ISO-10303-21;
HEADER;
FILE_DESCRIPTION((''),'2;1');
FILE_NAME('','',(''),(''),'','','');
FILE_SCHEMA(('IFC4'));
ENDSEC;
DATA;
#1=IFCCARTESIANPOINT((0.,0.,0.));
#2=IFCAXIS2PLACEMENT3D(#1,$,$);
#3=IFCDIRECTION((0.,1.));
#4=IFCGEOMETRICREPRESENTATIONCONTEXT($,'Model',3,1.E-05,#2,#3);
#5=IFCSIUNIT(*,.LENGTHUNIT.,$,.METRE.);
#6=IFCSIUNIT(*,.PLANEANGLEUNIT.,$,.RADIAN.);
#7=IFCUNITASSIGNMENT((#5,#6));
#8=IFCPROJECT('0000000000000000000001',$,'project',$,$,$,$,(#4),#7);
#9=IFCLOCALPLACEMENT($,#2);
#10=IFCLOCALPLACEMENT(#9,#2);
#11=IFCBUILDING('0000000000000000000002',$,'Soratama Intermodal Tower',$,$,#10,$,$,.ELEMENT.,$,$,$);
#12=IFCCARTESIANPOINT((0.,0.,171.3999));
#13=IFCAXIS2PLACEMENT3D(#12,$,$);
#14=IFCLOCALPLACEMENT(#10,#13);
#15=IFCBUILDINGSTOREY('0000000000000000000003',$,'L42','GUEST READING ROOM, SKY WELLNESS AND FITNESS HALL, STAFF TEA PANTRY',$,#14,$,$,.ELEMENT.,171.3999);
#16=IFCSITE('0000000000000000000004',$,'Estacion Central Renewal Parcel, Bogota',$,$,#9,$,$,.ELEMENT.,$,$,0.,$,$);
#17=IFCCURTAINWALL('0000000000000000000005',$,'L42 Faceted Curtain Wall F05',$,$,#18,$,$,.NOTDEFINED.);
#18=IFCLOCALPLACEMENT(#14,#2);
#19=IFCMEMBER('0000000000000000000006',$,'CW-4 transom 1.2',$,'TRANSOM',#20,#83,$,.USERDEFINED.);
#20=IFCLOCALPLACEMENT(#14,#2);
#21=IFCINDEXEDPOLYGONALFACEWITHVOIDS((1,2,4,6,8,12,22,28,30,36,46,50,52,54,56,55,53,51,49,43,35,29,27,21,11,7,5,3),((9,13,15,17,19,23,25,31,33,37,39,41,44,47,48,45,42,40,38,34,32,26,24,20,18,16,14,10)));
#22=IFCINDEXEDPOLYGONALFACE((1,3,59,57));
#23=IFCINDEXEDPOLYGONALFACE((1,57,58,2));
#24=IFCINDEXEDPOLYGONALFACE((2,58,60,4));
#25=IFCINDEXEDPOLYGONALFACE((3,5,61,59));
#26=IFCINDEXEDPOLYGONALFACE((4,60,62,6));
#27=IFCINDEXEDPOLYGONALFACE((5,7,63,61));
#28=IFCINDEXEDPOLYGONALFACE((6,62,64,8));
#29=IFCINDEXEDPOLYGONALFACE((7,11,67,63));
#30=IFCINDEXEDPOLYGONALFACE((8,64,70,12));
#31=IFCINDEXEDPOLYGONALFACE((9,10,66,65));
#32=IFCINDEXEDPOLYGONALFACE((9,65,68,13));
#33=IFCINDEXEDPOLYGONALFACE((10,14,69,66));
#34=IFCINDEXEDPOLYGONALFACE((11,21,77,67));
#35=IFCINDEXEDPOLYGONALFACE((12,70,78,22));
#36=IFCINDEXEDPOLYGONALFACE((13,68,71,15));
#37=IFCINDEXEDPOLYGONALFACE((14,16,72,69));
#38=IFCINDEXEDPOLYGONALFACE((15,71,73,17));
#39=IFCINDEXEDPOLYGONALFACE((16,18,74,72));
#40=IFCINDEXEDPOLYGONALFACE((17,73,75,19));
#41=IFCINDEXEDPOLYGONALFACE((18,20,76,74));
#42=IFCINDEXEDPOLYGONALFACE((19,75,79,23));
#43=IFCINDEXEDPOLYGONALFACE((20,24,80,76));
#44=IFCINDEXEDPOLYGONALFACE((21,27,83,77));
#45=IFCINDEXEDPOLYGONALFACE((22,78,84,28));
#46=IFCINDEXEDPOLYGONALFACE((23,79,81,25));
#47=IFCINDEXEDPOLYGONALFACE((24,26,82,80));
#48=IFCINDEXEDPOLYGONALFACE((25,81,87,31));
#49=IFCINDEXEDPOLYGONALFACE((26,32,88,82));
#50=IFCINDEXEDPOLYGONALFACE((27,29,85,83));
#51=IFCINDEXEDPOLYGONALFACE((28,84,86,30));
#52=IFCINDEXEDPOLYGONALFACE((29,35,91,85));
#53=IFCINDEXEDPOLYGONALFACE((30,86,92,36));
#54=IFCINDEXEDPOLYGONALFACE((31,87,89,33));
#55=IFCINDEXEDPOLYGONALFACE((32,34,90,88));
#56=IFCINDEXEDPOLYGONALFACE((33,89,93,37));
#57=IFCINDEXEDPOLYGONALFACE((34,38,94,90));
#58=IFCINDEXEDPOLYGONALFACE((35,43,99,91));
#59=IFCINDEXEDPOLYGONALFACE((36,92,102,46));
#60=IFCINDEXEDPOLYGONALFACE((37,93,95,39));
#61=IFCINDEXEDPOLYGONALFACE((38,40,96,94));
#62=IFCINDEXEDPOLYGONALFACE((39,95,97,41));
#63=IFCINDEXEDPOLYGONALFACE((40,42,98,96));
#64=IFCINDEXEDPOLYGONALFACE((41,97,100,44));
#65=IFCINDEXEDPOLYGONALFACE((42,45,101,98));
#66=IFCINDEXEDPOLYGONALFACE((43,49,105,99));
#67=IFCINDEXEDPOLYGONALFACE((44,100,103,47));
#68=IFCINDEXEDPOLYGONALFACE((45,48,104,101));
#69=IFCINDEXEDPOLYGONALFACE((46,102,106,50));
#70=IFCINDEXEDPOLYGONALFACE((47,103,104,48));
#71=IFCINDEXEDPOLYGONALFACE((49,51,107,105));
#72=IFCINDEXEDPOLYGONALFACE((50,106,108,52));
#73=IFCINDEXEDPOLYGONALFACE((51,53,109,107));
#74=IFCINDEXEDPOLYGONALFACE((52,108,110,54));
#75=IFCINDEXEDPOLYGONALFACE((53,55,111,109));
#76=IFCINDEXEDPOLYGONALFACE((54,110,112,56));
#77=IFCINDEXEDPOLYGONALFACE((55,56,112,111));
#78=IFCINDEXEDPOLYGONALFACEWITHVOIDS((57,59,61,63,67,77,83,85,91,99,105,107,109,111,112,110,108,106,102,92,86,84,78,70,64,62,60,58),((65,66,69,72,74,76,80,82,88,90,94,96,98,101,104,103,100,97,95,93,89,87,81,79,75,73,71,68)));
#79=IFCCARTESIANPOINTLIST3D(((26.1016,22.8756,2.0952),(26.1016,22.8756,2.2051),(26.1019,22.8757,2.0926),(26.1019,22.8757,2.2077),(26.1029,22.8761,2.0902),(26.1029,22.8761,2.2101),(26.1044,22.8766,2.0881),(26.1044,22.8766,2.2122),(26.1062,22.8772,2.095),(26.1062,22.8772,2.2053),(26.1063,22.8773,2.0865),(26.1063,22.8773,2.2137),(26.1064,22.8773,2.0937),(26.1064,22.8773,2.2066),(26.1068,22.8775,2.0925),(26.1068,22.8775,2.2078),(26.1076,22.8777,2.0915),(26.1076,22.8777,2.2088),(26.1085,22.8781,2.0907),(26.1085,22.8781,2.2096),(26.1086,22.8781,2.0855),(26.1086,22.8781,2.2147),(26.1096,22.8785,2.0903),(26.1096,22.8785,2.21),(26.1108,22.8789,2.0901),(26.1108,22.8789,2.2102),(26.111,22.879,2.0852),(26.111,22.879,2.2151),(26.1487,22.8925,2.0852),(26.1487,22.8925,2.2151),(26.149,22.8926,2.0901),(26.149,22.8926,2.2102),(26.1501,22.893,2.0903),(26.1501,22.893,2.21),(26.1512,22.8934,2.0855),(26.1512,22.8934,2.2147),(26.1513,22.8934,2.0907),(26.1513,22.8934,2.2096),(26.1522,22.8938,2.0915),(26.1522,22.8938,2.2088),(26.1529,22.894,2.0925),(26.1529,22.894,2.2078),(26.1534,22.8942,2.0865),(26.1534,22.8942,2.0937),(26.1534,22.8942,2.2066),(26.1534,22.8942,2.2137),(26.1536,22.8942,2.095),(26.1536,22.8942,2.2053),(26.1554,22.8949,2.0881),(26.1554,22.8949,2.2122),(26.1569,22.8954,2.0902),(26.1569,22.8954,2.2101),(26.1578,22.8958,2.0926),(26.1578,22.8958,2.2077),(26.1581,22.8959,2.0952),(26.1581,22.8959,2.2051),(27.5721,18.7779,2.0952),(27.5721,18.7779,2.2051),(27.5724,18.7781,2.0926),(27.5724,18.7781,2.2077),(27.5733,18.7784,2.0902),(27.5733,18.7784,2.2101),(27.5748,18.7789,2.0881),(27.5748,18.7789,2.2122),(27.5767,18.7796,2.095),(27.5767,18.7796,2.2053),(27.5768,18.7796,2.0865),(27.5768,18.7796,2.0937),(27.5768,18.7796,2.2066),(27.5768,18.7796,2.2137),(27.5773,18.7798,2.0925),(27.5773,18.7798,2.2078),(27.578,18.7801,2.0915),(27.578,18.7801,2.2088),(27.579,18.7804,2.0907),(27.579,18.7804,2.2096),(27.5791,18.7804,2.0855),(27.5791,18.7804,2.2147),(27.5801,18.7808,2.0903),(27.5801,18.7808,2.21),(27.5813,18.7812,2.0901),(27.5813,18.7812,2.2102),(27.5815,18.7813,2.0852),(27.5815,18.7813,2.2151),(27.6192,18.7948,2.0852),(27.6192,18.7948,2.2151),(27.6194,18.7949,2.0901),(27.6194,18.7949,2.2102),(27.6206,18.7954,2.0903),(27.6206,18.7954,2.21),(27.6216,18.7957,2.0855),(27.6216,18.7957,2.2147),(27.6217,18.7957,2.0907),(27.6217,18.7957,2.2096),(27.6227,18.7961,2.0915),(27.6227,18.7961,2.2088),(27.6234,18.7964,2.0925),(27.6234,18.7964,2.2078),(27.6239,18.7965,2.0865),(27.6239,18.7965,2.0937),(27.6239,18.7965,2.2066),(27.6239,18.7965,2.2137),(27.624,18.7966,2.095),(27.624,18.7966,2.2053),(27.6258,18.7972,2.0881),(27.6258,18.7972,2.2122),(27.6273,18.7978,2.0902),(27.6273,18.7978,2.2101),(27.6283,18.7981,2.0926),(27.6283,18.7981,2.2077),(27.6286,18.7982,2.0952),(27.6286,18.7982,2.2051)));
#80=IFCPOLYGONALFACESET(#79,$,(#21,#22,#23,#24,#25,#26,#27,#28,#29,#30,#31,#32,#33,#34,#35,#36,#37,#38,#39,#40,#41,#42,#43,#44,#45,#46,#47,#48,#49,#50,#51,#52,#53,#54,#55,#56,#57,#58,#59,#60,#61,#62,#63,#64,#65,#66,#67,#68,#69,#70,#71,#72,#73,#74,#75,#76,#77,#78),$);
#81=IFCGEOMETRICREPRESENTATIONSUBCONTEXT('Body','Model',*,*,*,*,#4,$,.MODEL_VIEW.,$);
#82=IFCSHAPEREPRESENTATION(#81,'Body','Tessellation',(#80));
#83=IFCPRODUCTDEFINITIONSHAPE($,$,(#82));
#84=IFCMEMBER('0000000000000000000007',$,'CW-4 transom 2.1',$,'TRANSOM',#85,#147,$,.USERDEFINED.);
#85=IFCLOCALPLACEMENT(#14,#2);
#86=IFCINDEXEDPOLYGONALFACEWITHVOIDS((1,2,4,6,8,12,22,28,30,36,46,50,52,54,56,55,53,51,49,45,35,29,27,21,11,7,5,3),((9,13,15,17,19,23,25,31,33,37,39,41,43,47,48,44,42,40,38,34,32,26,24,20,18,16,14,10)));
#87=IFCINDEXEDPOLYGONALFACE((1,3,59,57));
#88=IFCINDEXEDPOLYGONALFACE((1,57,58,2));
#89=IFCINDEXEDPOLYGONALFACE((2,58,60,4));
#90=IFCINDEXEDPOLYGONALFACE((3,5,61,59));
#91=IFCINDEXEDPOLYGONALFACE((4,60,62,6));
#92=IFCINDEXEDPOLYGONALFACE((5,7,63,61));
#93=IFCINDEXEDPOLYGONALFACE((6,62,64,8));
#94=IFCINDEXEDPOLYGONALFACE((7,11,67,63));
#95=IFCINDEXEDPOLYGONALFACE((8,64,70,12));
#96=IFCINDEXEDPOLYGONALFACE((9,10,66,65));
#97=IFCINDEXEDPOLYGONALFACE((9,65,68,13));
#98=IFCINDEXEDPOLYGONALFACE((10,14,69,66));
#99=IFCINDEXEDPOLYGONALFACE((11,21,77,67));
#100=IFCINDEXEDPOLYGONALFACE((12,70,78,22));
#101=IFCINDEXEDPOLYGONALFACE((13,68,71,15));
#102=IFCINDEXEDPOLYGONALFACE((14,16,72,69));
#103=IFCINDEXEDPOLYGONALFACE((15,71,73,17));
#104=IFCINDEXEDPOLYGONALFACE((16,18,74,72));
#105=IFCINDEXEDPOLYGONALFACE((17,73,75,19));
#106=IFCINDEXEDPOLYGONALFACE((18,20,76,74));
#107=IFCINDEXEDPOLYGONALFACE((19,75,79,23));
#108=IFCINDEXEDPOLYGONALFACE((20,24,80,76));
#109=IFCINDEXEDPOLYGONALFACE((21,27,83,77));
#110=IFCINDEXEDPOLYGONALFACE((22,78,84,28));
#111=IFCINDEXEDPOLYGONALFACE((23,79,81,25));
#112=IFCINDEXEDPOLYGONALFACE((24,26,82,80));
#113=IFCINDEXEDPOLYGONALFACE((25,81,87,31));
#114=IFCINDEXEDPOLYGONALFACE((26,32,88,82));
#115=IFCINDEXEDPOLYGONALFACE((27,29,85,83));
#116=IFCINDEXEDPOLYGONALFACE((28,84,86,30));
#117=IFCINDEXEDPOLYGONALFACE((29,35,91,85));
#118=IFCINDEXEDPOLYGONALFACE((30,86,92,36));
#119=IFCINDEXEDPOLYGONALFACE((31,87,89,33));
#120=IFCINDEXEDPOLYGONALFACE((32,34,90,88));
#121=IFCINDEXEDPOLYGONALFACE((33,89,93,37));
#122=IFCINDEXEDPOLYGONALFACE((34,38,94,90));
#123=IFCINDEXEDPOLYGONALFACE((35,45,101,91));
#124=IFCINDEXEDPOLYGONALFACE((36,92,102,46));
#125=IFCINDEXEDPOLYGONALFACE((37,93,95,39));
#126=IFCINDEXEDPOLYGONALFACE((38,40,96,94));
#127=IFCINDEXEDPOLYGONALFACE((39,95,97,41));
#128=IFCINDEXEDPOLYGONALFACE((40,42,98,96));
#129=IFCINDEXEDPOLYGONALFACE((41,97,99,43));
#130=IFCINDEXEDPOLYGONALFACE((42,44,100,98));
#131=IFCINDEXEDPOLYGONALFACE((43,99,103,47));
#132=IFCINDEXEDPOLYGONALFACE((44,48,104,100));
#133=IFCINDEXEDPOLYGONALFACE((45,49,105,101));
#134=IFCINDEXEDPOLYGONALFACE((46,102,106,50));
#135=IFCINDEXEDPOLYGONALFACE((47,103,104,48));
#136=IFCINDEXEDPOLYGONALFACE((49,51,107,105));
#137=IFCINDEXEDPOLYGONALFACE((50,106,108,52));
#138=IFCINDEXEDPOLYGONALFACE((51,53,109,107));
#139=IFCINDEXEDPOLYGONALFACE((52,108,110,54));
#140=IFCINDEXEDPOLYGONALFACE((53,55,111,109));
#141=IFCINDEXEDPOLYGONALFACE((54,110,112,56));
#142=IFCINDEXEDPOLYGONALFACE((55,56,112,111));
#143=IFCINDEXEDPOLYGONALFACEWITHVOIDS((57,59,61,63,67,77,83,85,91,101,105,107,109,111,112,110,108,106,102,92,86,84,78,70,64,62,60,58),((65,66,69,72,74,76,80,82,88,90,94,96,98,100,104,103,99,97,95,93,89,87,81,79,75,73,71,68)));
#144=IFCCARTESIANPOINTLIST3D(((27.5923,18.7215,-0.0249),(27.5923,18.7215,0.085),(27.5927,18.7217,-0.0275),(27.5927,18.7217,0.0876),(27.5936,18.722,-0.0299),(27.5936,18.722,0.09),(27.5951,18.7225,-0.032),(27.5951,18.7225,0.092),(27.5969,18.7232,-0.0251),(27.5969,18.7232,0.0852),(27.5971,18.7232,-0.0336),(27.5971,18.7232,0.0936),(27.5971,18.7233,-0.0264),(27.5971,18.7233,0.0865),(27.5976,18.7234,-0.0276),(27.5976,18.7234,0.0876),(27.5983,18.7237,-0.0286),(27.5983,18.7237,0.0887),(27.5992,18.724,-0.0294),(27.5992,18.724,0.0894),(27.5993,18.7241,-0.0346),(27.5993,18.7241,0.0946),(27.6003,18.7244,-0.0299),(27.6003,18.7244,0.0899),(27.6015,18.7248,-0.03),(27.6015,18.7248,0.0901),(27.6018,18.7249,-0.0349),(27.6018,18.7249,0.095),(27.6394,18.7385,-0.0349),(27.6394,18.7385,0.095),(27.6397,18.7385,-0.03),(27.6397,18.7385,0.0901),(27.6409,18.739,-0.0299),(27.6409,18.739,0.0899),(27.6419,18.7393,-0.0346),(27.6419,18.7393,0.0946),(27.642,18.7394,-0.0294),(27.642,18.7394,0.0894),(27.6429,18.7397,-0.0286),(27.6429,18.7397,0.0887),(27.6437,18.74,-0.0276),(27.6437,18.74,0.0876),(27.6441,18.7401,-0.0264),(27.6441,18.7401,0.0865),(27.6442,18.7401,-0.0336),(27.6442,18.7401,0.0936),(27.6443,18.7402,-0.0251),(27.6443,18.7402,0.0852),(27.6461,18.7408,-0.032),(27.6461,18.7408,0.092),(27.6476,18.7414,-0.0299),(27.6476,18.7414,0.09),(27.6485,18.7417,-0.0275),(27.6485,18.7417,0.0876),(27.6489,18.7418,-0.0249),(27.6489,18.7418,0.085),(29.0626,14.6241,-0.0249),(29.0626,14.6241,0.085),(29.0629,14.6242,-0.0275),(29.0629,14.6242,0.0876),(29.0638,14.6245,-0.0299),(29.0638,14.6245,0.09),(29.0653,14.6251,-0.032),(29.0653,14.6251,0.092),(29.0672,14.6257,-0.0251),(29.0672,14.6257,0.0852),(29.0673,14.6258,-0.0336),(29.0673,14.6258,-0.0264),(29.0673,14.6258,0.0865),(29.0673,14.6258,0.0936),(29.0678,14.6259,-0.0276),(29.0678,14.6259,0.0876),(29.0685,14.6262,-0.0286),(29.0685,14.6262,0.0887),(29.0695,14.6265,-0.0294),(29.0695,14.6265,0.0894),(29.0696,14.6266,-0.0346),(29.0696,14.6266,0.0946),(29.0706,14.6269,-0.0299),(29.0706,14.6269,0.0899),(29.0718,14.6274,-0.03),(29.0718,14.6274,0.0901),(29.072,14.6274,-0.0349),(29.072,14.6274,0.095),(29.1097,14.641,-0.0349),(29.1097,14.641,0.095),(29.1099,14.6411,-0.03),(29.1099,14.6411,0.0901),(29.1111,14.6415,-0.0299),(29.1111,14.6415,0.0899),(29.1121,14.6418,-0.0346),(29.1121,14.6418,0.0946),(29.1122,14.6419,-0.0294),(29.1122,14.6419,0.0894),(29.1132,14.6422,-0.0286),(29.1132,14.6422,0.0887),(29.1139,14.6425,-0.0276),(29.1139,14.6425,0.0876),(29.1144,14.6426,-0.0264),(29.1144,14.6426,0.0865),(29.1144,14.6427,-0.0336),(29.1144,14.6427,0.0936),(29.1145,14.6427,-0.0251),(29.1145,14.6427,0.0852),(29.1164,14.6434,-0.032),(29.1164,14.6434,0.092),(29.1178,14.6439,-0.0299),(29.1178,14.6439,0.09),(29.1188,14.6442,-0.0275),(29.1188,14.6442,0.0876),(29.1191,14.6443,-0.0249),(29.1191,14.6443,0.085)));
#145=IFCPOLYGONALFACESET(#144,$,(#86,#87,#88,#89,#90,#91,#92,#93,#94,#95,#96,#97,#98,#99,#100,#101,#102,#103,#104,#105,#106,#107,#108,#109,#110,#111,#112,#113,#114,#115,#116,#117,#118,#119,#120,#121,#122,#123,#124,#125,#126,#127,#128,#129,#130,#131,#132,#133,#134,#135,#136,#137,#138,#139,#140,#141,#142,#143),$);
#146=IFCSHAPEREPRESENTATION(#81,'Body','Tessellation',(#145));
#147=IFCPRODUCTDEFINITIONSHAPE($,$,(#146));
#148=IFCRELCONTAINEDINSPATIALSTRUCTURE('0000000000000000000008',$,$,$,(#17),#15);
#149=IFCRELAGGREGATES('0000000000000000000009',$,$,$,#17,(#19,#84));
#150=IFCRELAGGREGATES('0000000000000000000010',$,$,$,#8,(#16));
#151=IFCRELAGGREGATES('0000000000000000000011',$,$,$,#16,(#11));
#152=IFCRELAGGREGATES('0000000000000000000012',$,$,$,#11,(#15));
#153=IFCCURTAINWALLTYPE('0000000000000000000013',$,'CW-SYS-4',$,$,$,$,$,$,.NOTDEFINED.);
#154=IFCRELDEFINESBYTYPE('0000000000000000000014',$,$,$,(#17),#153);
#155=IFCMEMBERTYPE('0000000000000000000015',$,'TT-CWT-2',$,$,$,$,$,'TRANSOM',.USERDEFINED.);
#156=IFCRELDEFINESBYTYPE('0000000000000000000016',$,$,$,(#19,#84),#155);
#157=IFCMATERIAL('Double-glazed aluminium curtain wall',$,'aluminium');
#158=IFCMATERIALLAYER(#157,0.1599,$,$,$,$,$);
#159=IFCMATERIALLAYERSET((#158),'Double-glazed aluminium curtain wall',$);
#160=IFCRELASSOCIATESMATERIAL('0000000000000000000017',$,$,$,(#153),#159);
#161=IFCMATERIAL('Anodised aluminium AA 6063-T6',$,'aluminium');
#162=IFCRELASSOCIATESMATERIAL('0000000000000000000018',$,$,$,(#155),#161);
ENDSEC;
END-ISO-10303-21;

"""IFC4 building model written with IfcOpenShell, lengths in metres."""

from ifc_helpers import new_model, si_unit, direction, frame, origin, origin_2d, place, context, subcontext, project, spatial, hollow_rectangle, extrude, material, layer, layer_set, material_profile, profile_set, type_object, element, aggregate, save


model = new_model("IFC4")

# Units and contexts
model_context = context("Model", 3, precision=1e-05, world=origin(), true_north=direction((0.0, 1.0)))
body_context = subcontext(model_context, "Body", "Model", "MODEL_VIEW")
ifc_project = project(units=[si_unit("LENGTHUNIT", "METRE"), si_unit("PLANEANGLEUNIT", "RADIAN")], contexts=[model_context])

# Site, building, storey
site_placement = place(None, origin())
site = spatial("IfcSite", under=ifc_project, at=site_placement, Name="Estacion Central Renewal Parcel, Bogota", CompositionType="ELEMENT", RefElevation=0.0)
building_placement = place(site_placement, origin())
building = spatial("IfcBuilding", under=site, at=building_placement, Name="Soratama Intermodal Tower", CompositionType="ELEMENT")
storey_placement = place(building_placement, frame((0.0, 0.0, 171.3999)))
storey = spatial("IfcBuildingStorey", under=building, at=storey_placement, Name="L42", Description="GUEST READING ROOM, SKY WELLNESS AND FITNESS HALL, STAFF TEA PANTRY", CompositionType="ELEMENT", Elevation=171.3999)

# Curtain wall, members
ifc_material_1 = material(Name="Double-glazed aluminium curtain wall", Category="aluminium")
ifc_layer_1 = layer(ifc_material_1, 0.1599)
ifc_layer_set_1 = layer_set([ifc_layer_1], Name="Double-glazed aluminium curtain wall")
curtain_wall_type = type_object("IfcCurtainWallType", Name="CW-SYS-4", PredefinedType="NOTDEFINED", material=ifc_layer_set_1)
curtain_wall_placement = place(storey_placement, origin())
curtain_wall = element("IfcCurtainWall", 1, at=curtain_wall_placement, inside=storey, type_object=curtain_wall_type, Name="L42 Faceted Curtain Wall F05", PredefinedType="NOTDEFINED")
ifc_material_2 = material(Name="Anodised aluminium AA 6063-T6", Category="aluminium")
ifc_material_profile_1 = material_profile(ifc_material_2, hollow_rectangle(XDim=0.0601, YDim=0.1299, WallThickness=0.0049, InnerFilletRadius=0.0049, OuterFilletRadius=0.01, at=origin_2d()), Name="CWT130X60X5")
ifc_profile_set_1 = profile_set([ifc_material_profile_1], Name="Anodised aluminium AA 6063-T6")
member_type_1 = type_object("IfcMemberType", Name="TT-CWT-2", ElementType="TRANSOM", PredefinedType="USERDEFINED", material=ifc_profile_set_1)
member_1_placement = place(storey_placement, frame((26.1299, 22.8857, 2.1501), z_axis=(0.337764, -0.941231, 0.0), x_axis=(0.941231, 0.337764, 0.0)))
member_1 = element("IfcMember", 2, at=member_1_placement, type_object=member_type_1, Name="CW-4 transom 1.2", ObjectType="TRANSOM", PredefinedType="USERDEFINED", context=body_context, shape_type="SweptSolid", body=[
    extrude(hollow_rectangle(XDim=0.0601, YDim=0.1299, WallThickness=0.0049, InnerFilletRadius=0.0049, OuterFilletRadius=0.01, at=origin_2d()), origin(), (0.0, 0.0, 1.0), 4.3535),
])
member_2_placement = place(storey_placement, frame((27.6206, 18.7317, 0.03), z_axis=(0.337732, -0.941242, 0.0), x_axis=(0.941242, 0.337732, 0.0)))
member_2 = element("IfcMember", 3, at=member_2_placement, type_object=member_type_1, Name="CW-4 transom 2.1", ObjectType="TRANSOM", PredefinedType="USERDEFINED", context=body_context, shape_type="SweptSolid", body=[
    extrude(hollow_rectangle(XDim=0.0601, YDim=0.1299, WallThickness=0.0049, InnerFilletRadius=0.0049, OuterFilletRadius=0.01, at=origin_2d()), origin(), (0.0, 0.0, 1.0), 4.3533),
])
aggregate(curtain_wall, [member_1, member_2])

save(model, "model.ifc")
